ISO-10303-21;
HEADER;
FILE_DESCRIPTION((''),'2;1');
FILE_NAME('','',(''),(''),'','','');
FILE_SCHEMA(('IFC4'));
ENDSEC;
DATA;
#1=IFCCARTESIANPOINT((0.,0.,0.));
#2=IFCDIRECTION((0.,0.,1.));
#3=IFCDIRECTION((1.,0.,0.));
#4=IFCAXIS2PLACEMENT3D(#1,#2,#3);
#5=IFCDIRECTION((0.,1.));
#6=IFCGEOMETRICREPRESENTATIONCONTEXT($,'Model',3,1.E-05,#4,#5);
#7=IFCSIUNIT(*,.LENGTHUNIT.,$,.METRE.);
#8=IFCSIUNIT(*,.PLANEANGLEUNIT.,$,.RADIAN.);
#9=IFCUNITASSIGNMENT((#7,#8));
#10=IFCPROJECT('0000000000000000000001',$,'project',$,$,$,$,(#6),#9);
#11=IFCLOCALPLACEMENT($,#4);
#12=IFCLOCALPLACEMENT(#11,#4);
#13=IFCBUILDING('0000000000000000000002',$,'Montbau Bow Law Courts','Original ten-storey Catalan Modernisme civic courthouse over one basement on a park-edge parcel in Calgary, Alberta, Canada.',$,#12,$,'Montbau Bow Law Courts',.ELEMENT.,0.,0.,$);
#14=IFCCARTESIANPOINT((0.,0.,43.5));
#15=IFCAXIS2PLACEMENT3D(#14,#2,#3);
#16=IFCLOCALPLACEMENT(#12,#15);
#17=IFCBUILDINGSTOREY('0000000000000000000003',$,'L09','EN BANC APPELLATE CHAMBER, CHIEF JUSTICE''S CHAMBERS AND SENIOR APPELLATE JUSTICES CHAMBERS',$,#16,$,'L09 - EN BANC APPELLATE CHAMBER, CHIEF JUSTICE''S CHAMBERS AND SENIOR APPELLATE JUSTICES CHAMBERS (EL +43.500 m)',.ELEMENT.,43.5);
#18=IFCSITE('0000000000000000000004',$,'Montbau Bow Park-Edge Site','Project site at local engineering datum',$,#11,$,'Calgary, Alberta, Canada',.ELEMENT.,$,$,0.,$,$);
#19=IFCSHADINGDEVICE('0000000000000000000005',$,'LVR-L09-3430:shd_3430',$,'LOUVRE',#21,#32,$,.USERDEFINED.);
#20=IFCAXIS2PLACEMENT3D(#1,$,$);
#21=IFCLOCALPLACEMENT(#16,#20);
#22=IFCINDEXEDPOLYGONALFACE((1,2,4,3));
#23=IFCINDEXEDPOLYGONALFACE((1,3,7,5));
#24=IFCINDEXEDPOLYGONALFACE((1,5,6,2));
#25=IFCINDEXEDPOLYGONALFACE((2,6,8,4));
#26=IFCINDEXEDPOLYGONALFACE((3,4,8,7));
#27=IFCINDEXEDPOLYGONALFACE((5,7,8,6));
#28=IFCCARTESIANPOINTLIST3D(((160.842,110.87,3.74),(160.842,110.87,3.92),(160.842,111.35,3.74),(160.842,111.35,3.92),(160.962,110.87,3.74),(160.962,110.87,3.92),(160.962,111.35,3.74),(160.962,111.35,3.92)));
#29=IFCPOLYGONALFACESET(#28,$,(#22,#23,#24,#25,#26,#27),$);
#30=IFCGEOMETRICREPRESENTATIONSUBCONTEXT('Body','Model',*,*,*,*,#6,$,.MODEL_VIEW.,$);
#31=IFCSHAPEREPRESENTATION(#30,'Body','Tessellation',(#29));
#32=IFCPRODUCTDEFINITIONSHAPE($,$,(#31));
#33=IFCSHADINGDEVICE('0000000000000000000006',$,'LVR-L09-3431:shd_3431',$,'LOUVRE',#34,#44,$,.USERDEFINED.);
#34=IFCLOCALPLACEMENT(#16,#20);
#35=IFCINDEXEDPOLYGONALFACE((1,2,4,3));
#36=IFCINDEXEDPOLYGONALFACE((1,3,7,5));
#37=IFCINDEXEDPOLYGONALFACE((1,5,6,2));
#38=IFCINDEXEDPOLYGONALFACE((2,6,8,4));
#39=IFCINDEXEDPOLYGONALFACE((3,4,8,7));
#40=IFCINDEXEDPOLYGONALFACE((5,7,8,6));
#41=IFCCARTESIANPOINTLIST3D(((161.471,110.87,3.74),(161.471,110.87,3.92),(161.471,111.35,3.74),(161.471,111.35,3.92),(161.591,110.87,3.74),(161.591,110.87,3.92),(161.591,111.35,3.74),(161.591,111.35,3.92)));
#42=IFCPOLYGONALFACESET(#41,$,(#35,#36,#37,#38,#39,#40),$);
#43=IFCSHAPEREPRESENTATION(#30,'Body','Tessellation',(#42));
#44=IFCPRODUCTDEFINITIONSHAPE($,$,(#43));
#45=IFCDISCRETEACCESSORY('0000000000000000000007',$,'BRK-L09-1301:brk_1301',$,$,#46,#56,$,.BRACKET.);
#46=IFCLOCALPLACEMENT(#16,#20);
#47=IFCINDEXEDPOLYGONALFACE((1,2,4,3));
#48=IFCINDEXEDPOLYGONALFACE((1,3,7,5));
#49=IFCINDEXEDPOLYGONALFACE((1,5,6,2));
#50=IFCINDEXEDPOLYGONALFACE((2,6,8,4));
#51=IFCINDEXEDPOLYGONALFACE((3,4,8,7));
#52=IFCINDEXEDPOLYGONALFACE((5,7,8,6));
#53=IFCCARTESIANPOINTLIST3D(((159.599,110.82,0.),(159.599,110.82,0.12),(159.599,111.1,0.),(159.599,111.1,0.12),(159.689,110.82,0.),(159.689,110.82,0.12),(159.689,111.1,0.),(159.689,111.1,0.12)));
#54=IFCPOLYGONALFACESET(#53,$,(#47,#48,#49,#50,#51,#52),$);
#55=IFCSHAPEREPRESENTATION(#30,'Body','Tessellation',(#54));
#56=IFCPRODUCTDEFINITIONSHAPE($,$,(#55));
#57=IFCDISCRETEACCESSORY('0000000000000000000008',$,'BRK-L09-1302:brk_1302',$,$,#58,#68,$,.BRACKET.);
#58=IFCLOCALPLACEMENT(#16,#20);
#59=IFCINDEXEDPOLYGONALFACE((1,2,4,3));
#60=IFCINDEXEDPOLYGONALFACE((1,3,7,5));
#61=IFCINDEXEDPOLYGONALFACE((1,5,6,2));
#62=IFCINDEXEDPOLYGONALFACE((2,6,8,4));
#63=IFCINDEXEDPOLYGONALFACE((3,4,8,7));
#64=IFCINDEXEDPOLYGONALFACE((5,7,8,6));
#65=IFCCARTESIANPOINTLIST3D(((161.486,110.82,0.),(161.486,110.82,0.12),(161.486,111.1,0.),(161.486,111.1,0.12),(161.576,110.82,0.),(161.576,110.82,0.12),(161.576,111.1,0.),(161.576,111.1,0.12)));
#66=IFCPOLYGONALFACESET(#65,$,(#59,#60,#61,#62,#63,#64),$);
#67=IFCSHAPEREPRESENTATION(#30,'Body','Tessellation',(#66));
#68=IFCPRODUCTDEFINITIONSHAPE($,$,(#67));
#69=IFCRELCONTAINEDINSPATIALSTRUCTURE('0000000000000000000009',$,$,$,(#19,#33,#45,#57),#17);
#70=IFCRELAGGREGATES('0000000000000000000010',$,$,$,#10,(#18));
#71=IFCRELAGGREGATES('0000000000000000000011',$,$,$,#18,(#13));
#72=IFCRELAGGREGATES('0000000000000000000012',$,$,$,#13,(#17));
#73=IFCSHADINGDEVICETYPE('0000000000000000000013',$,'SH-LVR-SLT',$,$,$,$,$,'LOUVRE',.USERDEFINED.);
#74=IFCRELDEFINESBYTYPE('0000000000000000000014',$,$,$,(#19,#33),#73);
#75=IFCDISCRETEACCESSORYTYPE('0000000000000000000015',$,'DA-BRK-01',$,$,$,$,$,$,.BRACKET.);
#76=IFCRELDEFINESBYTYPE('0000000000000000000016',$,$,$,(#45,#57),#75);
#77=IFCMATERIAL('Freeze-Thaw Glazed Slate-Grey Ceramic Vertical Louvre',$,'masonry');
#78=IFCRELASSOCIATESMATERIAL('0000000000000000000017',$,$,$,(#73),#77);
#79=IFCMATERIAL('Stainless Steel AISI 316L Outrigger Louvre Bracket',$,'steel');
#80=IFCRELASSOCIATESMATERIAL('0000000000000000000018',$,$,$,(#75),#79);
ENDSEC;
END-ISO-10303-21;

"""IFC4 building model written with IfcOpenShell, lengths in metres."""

from ifc_helpers import new_model, si_unit, direction, frame, origin_with_axes, origin_2d_with_axis, place, context, subcontext, project, spatial, rectangle, extrude, material, type_object, element, save


model = new_model("IFC4")

# Units and contexts
model_context = context("Model", 3, precision=1e-05, world=origin_with_axes(), true_north=direction((0.0, 1.0)))
body_context = subcontext(model_context, "Body", "Model", "MODEL_VIEW")
ifc_project = project(units=[si_unit("LENGTHUNIT", "METRE"), si_unit("PLANEANGLEUNIT", "RADIAN")], contexts=[model_context])

# Site, building, storey
site_placement = place(None, origin_with_axes())
site = spatial("IfcSite", under=ifc_project, at=site_placement, Name="Montbau Bow Park-Edge Site", Description="Project site at local engineering datum", LongName="Calgary, Alberta, Canada", CompositionType="ELEMENT", RefElevation=0.0)
building_placement = place(site_placement, origin_with_axes())
building = spatial("IfcBuilding", under=site, at=building_placement, Name="Montbau Bow Law Courts", Description="Original ten-storey Catalan Modernisme civic courthouse over one basement on a park-edge parcel in Calgary, Alberta, Canada.", LongName="Montbau Bow Law Courts", CompositionType="ELEMENT", ElevationOfRefHeight=0.0, ElevationOfTerrain=0.0)
storey_placement = place(building_placement, frame((0.0, 0.0, 43.5), z_axis=(0.0, 0.0, 1.0), x_axis=(1.0, 0.0, 0.0)))
storey = spatial("IfcBuildingStorey", under=building, at=storey_placement, Name="L09", Description="EN BANC APPELLATE CHAMBER, CHIEF JUSTICE'S CHAMBERS AND SENIOR APPELLATE JUSTICES CHAMBERS", LongName="L09 - EN BANC APPELLATE CHAMBER, CHIEF JUSTICE'S CHAMBERS AND SENIOR APPELLATE JUSTICES CHAMBERS (EL +43.500 m)", CompositionType="ELEMENT", Elevation=43.5)

# Shared definitions
ifc_material_1 = material(Name="Freeze-Thaw Glazed Slate-Grey Ceramic Vertical Louvre", Category="masonry")

# Shading devices
shading_device_type = type_object("IfcShadingDeviceType", Name="SH-LVR-SLT", ElementType="LOUVRE", PredefinedType="USERDEFINED", material=ifc_material_1)
for number, where, z_axis, x_axis, name in (
    (1, (160.902, 111.11, 47.24), (0.0, 0.0, 1.0), (0.0, 1.0, 0.0), "LVR-L09-3430:shd_3430"),
    (2, (161.531, 111.11, 47.24), (0.0, 0.0, 1.0), (0.0, 1.0, 0.0), "LVR-L09-3431:shd_3431"),
):
    element("IfcShadingDevice", number, at=place(None, frame(where, z_axis=z_axis, x_axis=x_axis)), inside=storey, type_object=shading_device_type, Name=name, ObjectType="LOUVRE", PredefinedType="USERDEFINED", context=body_context, shape_type="SweptSolid", body=[
        extrude(rectangle(XDim=0.48, YDim=0.12, at=origin_2d_with_axis()), origin_with_axes(), (0.0, 0.0, 1.0), 0.18),
    ])

# Discrete accessories
ifc_material_2 = material(Name="Stainless Steel AISI 316L Outrigger Louvre Bracket", Category="steel")
discrete_accessory_type = type_object("IfcDiscreteAccessoryType", Name="DA-BRK-01", PredefinedType="BRACKET", material=ifc_material_2)
for number, where, z_axis, x_axis, name in (
    (3, (159.644, 110.96, 43.5), (0.0, 0.0, 1.0), (0.0, 1.0, 0.0), "BRK-L09-1301:brk_1301"),
    (4, (161.531, 110.96, 43.5), (0.0, 0.0, 1.0), (0.0, 1.0, 0.0), "BRK-L09-1302:brk_1302"),
):
    element("IfcDiscreteAccessory", number, at=place(None, frame(where, z_axis=z_axis, x_axis=x_axis)), inside=storey, type_object=discrete_accessory_type, Name=name, PredefinedType="BRACKET", context=body_context, shape_type="SweptSolid", body=[
        extrude(rectangle(XDim=0.28, YDim=0.09, at=origin_2d_with_axis()), origin_with_axes(), (0.0, 0.0, 1.0), 0.12),
    ])

save(model, "model.ifc")
